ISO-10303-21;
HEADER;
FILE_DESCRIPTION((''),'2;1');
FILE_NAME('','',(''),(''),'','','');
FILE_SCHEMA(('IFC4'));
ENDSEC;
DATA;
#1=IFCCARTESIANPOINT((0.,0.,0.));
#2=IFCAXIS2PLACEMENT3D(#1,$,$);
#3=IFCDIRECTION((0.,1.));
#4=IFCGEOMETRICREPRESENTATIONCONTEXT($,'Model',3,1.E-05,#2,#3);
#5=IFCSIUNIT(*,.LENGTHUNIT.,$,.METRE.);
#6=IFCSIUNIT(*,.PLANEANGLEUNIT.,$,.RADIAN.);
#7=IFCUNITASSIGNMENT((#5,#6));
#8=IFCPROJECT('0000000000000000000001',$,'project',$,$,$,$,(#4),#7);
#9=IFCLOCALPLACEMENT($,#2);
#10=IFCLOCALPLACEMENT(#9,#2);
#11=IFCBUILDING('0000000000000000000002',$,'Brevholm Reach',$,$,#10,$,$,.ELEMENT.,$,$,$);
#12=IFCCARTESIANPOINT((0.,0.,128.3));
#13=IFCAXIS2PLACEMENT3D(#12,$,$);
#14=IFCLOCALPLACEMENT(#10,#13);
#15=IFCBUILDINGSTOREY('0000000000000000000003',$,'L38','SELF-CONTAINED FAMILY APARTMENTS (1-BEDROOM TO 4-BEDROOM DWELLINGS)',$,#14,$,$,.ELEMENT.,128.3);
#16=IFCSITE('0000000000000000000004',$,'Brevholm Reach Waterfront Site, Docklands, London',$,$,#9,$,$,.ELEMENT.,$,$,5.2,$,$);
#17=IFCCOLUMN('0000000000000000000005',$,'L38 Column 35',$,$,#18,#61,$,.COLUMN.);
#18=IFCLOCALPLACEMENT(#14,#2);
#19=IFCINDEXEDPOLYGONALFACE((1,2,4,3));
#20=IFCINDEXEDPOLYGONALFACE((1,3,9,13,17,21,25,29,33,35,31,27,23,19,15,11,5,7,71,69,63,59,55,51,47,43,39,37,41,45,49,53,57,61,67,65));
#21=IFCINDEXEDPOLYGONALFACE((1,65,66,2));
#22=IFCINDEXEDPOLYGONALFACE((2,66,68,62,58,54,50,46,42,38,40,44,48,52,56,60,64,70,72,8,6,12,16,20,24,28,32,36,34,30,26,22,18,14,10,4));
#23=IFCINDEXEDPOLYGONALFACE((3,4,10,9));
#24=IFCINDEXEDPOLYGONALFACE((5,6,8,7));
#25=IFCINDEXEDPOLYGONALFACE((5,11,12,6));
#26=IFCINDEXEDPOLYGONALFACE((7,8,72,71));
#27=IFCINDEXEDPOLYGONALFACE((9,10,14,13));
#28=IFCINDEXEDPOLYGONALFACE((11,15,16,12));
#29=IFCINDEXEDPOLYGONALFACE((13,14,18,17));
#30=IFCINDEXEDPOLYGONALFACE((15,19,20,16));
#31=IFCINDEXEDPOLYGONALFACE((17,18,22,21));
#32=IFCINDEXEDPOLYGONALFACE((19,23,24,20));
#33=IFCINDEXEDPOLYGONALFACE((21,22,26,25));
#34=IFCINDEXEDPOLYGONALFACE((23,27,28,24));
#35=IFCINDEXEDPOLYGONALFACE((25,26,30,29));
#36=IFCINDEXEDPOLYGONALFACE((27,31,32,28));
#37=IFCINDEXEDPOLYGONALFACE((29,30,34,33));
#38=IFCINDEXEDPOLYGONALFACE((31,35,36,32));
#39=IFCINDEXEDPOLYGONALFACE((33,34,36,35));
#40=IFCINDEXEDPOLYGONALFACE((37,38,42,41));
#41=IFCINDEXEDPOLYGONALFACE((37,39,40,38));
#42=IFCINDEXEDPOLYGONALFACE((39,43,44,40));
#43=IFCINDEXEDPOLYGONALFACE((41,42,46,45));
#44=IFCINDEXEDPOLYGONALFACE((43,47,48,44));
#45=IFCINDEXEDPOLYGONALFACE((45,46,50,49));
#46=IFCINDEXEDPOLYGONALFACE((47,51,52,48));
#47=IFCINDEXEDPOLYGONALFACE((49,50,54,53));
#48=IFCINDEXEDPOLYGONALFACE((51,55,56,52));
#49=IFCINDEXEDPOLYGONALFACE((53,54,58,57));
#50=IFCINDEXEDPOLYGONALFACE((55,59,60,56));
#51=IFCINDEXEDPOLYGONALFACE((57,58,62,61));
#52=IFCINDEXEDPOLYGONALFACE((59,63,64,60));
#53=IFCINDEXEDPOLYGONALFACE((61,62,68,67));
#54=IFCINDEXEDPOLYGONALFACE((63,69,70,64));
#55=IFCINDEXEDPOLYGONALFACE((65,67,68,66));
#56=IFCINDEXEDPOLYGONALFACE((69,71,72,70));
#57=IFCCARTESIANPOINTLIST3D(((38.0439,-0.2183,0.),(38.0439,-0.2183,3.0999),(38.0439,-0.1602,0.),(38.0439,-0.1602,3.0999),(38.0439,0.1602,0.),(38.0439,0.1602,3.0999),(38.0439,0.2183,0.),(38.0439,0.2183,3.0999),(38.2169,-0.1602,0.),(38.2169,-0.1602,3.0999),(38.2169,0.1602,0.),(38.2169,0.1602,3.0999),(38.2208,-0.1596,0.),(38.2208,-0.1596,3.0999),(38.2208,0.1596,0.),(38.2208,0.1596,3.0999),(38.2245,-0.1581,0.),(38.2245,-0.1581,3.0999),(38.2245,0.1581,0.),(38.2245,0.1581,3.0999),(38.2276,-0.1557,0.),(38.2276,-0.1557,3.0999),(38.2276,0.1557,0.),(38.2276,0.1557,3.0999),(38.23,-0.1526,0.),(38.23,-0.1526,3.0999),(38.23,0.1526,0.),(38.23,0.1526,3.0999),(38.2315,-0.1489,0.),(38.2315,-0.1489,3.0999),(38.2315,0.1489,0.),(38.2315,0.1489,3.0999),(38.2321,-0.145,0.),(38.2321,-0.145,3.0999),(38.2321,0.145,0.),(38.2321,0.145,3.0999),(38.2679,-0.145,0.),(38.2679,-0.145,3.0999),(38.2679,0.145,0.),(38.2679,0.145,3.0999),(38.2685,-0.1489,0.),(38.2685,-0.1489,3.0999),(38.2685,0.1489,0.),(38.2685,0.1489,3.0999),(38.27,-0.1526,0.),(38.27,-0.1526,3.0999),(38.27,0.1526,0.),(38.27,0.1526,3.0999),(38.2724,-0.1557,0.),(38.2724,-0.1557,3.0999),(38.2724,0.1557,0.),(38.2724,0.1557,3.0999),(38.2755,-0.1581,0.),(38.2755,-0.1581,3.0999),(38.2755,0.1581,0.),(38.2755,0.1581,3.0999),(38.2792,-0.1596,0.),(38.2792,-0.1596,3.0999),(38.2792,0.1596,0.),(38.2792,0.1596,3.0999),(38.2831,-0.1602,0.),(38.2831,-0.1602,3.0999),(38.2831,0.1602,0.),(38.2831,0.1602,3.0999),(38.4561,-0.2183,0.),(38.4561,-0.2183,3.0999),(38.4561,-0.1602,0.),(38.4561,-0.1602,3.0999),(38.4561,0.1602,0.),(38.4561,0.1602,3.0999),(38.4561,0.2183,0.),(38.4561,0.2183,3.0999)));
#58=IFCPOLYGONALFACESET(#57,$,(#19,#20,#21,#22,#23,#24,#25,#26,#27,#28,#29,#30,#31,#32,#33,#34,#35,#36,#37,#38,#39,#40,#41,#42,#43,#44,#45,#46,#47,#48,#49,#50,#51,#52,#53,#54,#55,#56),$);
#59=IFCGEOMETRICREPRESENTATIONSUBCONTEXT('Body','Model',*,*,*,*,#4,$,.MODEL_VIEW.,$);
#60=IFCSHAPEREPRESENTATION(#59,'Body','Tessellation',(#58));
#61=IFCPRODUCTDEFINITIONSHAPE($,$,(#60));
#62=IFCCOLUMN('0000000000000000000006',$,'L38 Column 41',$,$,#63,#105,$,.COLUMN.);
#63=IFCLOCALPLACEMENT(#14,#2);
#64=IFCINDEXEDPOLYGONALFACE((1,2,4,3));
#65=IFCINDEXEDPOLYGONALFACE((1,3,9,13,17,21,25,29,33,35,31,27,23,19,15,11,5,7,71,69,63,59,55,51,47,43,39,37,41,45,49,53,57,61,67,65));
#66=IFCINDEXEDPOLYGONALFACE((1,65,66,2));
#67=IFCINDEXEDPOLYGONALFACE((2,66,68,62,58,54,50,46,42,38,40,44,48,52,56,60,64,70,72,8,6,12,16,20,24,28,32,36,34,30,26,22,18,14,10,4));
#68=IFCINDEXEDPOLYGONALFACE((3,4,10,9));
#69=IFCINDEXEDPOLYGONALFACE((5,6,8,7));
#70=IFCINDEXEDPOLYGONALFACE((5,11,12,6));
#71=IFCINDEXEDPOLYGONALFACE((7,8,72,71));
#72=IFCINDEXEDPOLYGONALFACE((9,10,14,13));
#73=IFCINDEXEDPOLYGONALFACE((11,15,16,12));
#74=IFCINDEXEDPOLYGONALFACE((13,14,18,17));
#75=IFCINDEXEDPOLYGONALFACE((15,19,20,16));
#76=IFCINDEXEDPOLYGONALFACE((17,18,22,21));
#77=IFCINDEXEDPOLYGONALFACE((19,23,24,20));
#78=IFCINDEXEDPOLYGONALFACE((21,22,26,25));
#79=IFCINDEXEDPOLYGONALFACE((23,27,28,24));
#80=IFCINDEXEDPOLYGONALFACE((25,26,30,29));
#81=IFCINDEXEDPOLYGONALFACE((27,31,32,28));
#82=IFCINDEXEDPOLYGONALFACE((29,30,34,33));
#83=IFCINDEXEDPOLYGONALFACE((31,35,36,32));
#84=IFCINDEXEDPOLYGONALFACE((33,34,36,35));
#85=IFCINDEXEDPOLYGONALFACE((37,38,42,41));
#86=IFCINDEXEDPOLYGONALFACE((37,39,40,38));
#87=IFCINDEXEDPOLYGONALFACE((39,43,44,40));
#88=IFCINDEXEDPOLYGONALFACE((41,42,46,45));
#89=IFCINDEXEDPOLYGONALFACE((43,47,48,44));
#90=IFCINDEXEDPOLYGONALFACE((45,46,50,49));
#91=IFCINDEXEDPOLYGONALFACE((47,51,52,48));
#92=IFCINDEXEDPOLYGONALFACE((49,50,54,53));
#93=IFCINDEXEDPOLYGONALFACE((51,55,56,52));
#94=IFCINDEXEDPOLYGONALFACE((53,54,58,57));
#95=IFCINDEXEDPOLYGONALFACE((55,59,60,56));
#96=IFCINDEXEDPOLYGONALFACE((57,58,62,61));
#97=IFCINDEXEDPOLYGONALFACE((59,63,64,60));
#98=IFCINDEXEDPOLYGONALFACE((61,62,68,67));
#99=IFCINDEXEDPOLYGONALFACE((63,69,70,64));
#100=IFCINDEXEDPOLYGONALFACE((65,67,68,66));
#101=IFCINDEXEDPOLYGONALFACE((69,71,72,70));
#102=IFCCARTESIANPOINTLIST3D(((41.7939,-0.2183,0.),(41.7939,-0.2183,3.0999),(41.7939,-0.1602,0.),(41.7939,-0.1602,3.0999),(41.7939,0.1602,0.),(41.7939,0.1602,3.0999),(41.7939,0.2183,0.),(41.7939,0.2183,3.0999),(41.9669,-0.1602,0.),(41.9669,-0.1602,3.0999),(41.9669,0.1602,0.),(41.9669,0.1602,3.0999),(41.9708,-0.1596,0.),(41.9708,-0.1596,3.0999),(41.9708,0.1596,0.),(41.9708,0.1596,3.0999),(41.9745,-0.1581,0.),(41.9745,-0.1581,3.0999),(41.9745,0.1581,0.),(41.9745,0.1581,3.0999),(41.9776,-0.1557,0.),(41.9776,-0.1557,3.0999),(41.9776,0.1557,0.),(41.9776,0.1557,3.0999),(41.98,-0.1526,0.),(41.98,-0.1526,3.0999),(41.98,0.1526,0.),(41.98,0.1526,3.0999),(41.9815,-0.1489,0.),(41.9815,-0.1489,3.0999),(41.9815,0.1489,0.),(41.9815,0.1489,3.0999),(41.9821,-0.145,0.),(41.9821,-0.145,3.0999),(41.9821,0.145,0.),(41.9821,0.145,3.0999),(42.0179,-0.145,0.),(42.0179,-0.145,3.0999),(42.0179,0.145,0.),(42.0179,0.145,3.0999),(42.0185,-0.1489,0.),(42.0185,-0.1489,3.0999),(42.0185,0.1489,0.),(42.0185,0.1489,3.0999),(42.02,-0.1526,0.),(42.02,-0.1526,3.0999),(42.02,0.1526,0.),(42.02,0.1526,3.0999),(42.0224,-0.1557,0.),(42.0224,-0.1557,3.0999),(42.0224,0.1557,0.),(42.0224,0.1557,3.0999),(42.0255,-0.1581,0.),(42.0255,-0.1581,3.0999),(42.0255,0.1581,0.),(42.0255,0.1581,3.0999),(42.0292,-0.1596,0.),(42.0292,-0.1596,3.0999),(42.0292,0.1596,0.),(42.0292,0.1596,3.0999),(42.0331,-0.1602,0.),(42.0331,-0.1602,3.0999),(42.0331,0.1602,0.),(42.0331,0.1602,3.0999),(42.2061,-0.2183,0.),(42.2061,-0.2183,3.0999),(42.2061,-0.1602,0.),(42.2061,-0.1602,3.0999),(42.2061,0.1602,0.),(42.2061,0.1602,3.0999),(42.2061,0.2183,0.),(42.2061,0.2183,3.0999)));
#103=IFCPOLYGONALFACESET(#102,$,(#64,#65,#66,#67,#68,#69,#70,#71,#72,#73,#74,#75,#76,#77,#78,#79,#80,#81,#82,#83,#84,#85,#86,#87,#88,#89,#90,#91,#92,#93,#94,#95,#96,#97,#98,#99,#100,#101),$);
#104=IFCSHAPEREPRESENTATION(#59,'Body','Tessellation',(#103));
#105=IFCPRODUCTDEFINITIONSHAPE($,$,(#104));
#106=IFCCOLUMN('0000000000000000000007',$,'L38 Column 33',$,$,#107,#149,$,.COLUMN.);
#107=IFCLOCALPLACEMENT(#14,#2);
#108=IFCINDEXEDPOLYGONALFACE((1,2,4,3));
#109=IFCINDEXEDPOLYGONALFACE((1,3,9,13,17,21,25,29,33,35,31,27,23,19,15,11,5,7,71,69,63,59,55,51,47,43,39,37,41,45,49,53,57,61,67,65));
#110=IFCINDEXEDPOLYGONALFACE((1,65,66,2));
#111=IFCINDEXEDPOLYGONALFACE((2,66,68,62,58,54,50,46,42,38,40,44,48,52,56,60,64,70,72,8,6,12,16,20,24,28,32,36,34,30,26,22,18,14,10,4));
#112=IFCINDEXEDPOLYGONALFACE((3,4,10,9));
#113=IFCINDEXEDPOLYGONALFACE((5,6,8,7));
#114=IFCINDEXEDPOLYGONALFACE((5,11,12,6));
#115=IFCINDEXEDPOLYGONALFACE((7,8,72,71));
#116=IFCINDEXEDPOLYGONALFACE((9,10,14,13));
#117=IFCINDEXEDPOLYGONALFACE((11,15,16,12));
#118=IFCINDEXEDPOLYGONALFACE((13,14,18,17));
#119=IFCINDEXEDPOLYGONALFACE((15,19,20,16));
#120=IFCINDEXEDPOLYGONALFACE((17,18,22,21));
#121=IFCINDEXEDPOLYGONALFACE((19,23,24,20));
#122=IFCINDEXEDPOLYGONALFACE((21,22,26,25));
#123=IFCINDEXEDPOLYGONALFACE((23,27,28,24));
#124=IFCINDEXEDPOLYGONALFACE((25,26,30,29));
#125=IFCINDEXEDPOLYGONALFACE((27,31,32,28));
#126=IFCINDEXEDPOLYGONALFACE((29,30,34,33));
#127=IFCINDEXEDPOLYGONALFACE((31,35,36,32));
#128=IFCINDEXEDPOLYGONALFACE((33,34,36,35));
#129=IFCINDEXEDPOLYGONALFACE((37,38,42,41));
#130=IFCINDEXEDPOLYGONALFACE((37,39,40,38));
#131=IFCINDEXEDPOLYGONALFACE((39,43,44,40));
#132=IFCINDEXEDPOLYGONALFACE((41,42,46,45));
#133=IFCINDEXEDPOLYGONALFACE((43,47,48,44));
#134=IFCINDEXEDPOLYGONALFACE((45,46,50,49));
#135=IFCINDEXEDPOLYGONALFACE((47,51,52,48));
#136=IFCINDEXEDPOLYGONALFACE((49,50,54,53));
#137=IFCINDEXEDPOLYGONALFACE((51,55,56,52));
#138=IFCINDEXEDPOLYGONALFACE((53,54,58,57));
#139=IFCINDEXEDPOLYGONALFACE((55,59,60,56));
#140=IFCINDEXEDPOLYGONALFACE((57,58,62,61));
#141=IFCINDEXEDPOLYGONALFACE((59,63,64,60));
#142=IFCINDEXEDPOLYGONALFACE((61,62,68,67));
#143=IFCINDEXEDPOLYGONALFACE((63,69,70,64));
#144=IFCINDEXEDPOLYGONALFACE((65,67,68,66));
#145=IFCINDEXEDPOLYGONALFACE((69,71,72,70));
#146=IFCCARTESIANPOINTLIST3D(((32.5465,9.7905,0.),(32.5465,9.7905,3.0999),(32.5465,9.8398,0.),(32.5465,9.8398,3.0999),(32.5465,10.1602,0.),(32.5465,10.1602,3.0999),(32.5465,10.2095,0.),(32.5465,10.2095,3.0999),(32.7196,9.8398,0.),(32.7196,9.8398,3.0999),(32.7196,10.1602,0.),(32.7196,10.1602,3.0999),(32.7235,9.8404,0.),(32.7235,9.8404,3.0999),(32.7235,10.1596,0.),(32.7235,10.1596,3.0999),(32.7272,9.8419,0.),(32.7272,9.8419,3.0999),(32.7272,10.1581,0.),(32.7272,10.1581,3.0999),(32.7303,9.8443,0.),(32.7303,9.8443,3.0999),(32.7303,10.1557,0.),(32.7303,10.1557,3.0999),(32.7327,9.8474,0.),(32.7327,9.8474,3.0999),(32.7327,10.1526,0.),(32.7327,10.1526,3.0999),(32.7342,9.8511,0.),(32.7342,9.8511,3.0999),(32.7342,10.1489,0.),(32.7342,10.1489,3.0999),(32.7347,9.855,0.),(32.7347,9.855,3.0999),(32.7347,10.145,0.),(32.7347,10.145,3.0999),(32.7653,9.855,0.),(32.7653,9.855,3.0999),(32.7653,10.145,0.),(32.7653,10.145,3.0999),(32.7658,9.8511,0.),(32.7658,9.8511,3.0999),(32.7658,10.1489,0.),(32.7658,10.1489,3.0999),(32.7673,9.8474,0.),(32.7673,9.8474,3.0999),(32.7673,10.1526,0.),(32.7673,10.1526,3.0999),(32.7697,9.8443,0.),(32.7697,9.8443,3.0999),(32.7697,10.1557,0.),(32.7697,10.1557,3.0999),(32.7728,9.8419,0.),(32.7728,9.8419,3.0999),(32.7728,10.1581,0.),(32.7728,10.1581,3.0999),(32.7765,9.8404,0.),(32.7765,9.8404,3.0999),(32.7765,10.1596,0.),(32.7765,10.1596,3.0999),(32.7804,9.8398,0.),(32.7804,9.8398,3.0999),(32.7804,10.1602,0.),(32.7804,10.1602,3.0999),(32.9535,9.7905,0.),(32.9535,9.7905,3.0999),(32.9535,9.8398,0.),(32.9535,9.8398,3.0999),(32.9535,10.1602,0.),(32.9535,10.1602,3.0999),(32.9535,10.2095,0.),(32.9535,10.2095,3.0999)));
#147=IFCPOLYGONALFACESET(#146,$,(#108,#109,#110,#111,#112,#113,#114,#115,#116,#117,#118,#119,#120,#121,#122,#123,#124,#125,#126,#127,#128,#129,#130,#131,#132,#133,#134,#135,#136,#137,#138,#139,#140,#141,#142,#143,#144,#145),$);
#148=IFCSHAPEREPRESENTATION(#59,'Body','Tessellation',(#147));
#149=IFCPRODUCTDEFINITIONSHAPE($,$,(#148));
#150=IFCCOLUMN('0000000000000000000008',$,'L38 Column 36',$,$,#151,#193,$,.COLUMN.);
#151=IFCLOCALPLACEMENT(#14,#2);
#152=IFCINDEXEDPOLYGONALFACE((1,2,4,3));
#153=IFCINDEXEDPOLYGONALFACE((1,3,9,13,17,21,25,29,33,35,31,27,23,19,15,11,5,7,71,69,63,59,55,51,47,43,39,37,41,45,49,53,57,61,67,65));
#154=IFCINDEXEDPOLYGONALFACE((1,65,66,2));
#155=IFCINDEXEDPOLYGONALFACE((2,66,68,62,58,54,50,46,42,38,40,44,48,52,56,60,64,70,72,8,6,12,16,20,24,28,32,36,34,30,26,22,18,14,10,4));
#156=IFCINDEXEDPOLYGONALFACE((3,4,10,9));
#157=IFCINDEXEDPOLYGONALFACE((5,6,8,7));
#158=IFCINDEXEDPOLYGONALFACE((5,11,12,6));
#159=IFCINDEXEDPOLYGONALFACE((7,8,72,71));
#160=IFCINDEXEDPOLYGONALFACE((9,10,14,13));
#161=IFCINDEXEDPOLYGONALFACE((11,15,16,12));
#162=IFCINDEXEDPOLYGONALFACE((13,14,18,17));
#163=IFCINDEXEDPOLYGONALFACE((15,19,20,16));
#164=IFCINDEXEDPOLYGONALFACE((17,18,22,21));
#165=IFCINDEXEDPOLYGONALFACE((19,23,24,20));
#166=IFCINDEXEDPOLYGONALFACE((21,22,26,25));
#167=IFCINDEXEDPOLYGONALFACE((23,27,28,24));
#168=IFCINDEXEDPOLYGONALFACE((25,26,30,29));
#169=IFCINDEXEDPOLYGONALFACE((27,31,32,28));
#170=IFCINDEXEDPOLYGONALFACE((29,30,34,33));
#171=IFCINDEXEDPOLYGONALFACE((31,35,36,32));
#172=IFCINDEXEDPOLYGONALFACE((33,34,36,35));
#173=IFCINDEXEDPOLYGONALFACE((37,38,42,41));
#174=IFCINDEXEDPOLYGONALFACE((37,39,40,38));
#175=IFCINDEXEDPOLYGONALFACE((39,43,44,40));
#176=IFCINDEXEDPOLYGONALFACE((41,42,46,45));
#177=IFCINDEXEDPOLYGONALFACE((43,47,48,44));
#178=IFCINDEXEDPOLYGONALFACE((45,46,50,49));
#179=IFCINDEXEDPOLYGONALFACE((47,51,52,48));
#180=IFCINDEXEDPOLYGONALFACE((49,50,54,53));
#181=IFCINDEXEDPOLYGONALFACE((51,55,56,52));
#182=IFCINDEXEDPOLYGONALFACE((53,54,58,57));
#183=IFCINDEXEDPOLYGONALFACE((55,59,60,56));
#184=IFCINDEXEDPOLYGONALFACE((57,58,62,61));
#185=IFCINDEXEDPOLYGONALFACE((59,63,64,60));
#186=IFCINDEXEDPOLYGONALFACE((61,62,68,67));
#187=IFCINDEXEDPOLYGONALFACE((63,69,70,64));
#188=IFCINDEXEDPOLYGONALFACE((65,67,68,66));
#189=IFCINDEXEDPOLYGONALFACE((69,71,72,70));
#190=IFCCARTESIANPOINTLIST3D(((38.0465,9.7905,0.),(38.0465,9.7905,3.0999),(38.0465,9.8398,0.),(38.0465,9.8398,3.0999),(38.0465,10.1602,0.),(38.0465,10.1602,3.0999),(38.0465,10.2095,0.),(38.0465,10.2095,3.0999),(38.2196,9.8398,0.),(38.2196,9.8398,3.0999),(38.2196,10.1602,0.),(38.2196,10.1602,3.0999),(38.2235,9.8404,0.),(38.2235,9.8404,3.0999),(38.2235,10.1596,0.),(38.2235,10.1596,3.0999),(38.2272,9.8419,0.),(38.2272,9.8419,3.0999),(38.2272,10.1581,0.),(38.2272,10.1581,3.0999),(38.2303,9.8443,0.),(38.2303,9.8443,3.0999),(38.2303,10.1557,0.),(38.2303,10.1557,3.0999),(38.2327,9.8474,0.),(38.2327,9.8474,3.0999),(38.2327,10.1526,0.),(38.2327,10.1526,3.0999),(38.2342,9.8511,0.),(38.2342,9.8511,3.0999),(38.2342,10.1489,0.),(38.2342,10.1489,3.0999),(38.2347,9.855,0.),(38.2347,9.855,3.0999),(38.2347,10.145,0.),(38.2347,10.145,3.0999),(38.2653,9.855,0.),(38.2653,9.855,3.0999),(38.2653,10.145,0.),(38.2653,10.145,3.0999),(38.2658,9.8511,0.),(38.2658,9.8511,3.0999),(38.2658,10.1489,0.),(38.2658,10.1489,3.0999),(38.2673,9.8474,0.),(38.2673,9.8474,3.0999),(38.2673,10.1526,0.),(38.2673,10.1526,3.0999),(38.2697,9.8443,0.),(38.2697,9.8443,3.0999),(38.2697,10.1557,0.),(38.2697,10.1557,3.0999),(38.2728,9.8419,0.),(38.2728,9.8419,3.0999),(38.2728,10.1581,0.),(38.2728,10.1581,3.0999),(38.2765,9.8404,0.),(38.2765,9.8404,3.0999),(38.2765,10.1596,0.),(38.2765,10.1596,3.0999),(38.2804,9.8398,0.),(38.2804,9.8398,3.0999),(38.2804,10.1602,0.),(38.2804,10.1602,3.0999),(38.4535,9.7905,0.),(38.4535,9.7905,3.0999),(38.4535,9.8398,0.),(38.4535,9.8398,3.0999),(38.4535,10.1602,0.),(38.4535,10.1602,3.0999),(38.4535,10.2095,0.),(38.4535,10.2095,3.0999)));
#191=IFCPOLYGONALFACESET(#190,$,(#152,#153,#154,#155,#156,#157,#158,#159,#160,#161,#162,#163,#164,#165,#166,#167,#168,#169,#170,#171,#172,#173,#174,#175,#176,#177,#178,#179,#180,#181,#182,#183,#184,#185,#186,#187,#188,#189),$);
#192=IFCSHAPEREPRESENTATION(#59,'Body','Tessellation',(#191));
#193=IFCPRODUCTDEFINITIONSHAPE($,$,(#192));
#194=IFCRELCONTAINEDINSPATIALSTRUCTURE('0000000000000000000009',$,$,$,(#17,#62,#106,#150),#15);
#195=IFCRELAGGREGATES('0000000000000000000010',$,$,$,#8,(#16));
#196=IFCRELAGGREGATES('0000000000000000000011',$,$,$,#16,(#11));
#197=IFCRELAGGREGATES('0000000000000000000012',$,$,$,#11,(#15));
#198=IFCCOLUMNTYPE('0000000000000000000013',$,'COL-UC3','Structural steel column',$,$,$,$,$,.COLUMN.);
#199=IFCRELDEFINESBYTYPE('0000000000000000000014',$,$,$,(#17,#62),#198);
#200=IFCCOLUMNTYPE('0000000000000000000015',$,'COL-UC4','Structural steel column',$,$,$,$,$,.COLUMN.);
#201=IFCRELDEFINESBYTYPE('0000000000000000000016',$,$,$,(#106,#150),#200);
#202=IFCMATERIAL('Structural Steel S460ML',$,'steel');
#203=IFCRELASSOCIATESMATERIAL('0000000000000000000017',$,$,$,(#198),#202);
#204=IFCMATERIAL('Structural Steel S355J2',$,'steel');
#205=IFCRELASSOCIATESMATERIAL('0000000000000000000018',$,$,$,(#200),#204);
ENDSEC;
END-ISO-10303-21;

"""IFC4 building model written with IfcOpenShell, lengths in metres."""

from ifc_helpers import new_model, si_unit, direction, frame, origin, origin_2d, place, context, subcontext, project, spatial, i_section, extrude, material, material_profile, profile_set, type_object, element, save


model = new_model("IFC4")

# Units and contexts
model_context = context("Model", 3, precision=1e-05, world=origin(), true_north=direction((0.0, 1.0)))
body_context = subcontext(model_context, "Body", "Model", "MODEL_VIEW")
ifc_project = project(units=[si_unit("LENGTHUNIT", "METRE"), si_unit("PLANEANGLEUNIT", "RADIAN")], contexts=[model_context])

# Site, building, storey
site_placement = place(None, origin())
site = spatial("IfcSite", under=ifc_project, at=site_placement, Name="Brevholm Reach Waterfront Site, Docklands, London", CompositionType="ELEMENT", RefElevation=5.2)
building_placement = place(site_placement, origin())
building = spatial("IfcBuilding", under=site, at=building_placement, Name="Brevholm Reach", CompositionType="ELEMENT")
storey_placement = place(building_placement, frame((0.0, 0.0, 128.3)))
storey = spatial("IfcBuildingStorey", under=building, at=storey_placement, Name="L38", Description="SELF-CONTAINED FAMILY APARTMENTS (1-BEDROOM TO 4-BEDROOM DWELLINGS)", CompositionType="ELEMENT", Elevation=128.3)

# Columns
ifc_material_1 = material(Name="Structural Steel S460ML", Category="steel")
ifc_material_profile_1 = material_profile(ifc_material_1, i_section(OverallWidth=0.4121, OverallDepth=0.4365, WebThickness=0.0359, FlangeThickness=0.0581, FilletRadius=0.0151, at=origin_2d()), Name="UKC 356x406x467")
ifc_profile_set_1 = profile_set([ifc_material_profile_1], Name="Structural Steel S460ML")
column_type_1 = type_object("IfcColumnType", Name="COL-UC3", Description="Structural steel column", PredefinedType="COLUMN", material=ifc_profile_set_1)
for number, where, z_axis, x_axis, name in (
    (1, (38.25, 0.0, 0.0), (0.0, 0.0, 1.0), (1.0, 0.0, 0.0), "L38 Column 35"),
    (2, (42.0, 0.0, 0.0), (0.0, 0.0, 1.0), (1.0, 0.0, 0.0), "L38 Column 41"),
):
    element("IfcColumn", number, at=place(storey_placement, frame(where, z_axis=z_axis, x_axis=x_axis)), inside=storey, type_object=column_type_1, Name=name, PredefinedType="COLUMN", context=body_context, shape_type="SweptSolid", body=[
        extrude(i_section(OverallWidth=0.4121, OverallDepth=0.4365, WebThickness=0.0359, FlangeThickness=0.0581, FilletRadius=0.0151, at=origin_2d()), origin(), (0.0, 0.0, 1.0), 3.0999),
    ])
ifc_material_2 = material(Name="Structural Steel S355J2", Category="steel")
ifc_material_profile_2 = material_profile(ifc_material_2, i_section(OverallWidth=0.407, OverallDepth=0.4189, WebThickness=0.0305, FlangeThickness=0.0493, FilletRadius=0.0151, at=origin_2d()), Name="UKC 356x406x393")
ifc_profile_set_2 = profile_set([ifc_material_profile_2], Name="Structural Steel S355J2")
column_type_2 = type_object("IfcColumnType", Name="COL-UC4", Description="Structural steel column", PredefinedType="COLUMN", material=ifc_profile_set_2)
for number, where, z_axis, x_axis, name in (
    (3, (32.75, 10.0, 0.0), (0.0, 0.0, 1.0), (1.0, 0.0, 0.0), "L38 Column 33"),
    (4, (38.25, 10.0, 0.0), (0.0, 0.0, 1.0), (1.0, 0.0, 0.0), "L38 Column 36"),
):
    element("IfcColumn", number, at=place(storey_placement, frame(where, z_axis=z_axis, x_axis=x_axis)), inside=storey, type_object=column_type_2, Name=name, PredefinedType="COLUMN", context=body_context, shape_type="SweptSolid", body=[
        extrude(i_section(OverallWidth=0.407, OverallDepth=0.4189, WebThickness=0.0305, FlangeThickness=0.0493, FilletRadius=0.0151, at=origin_2d()), origin(), (0.0, 0.0, 1.0), 3.0999),
    ])

save(model, "model.ifc")
